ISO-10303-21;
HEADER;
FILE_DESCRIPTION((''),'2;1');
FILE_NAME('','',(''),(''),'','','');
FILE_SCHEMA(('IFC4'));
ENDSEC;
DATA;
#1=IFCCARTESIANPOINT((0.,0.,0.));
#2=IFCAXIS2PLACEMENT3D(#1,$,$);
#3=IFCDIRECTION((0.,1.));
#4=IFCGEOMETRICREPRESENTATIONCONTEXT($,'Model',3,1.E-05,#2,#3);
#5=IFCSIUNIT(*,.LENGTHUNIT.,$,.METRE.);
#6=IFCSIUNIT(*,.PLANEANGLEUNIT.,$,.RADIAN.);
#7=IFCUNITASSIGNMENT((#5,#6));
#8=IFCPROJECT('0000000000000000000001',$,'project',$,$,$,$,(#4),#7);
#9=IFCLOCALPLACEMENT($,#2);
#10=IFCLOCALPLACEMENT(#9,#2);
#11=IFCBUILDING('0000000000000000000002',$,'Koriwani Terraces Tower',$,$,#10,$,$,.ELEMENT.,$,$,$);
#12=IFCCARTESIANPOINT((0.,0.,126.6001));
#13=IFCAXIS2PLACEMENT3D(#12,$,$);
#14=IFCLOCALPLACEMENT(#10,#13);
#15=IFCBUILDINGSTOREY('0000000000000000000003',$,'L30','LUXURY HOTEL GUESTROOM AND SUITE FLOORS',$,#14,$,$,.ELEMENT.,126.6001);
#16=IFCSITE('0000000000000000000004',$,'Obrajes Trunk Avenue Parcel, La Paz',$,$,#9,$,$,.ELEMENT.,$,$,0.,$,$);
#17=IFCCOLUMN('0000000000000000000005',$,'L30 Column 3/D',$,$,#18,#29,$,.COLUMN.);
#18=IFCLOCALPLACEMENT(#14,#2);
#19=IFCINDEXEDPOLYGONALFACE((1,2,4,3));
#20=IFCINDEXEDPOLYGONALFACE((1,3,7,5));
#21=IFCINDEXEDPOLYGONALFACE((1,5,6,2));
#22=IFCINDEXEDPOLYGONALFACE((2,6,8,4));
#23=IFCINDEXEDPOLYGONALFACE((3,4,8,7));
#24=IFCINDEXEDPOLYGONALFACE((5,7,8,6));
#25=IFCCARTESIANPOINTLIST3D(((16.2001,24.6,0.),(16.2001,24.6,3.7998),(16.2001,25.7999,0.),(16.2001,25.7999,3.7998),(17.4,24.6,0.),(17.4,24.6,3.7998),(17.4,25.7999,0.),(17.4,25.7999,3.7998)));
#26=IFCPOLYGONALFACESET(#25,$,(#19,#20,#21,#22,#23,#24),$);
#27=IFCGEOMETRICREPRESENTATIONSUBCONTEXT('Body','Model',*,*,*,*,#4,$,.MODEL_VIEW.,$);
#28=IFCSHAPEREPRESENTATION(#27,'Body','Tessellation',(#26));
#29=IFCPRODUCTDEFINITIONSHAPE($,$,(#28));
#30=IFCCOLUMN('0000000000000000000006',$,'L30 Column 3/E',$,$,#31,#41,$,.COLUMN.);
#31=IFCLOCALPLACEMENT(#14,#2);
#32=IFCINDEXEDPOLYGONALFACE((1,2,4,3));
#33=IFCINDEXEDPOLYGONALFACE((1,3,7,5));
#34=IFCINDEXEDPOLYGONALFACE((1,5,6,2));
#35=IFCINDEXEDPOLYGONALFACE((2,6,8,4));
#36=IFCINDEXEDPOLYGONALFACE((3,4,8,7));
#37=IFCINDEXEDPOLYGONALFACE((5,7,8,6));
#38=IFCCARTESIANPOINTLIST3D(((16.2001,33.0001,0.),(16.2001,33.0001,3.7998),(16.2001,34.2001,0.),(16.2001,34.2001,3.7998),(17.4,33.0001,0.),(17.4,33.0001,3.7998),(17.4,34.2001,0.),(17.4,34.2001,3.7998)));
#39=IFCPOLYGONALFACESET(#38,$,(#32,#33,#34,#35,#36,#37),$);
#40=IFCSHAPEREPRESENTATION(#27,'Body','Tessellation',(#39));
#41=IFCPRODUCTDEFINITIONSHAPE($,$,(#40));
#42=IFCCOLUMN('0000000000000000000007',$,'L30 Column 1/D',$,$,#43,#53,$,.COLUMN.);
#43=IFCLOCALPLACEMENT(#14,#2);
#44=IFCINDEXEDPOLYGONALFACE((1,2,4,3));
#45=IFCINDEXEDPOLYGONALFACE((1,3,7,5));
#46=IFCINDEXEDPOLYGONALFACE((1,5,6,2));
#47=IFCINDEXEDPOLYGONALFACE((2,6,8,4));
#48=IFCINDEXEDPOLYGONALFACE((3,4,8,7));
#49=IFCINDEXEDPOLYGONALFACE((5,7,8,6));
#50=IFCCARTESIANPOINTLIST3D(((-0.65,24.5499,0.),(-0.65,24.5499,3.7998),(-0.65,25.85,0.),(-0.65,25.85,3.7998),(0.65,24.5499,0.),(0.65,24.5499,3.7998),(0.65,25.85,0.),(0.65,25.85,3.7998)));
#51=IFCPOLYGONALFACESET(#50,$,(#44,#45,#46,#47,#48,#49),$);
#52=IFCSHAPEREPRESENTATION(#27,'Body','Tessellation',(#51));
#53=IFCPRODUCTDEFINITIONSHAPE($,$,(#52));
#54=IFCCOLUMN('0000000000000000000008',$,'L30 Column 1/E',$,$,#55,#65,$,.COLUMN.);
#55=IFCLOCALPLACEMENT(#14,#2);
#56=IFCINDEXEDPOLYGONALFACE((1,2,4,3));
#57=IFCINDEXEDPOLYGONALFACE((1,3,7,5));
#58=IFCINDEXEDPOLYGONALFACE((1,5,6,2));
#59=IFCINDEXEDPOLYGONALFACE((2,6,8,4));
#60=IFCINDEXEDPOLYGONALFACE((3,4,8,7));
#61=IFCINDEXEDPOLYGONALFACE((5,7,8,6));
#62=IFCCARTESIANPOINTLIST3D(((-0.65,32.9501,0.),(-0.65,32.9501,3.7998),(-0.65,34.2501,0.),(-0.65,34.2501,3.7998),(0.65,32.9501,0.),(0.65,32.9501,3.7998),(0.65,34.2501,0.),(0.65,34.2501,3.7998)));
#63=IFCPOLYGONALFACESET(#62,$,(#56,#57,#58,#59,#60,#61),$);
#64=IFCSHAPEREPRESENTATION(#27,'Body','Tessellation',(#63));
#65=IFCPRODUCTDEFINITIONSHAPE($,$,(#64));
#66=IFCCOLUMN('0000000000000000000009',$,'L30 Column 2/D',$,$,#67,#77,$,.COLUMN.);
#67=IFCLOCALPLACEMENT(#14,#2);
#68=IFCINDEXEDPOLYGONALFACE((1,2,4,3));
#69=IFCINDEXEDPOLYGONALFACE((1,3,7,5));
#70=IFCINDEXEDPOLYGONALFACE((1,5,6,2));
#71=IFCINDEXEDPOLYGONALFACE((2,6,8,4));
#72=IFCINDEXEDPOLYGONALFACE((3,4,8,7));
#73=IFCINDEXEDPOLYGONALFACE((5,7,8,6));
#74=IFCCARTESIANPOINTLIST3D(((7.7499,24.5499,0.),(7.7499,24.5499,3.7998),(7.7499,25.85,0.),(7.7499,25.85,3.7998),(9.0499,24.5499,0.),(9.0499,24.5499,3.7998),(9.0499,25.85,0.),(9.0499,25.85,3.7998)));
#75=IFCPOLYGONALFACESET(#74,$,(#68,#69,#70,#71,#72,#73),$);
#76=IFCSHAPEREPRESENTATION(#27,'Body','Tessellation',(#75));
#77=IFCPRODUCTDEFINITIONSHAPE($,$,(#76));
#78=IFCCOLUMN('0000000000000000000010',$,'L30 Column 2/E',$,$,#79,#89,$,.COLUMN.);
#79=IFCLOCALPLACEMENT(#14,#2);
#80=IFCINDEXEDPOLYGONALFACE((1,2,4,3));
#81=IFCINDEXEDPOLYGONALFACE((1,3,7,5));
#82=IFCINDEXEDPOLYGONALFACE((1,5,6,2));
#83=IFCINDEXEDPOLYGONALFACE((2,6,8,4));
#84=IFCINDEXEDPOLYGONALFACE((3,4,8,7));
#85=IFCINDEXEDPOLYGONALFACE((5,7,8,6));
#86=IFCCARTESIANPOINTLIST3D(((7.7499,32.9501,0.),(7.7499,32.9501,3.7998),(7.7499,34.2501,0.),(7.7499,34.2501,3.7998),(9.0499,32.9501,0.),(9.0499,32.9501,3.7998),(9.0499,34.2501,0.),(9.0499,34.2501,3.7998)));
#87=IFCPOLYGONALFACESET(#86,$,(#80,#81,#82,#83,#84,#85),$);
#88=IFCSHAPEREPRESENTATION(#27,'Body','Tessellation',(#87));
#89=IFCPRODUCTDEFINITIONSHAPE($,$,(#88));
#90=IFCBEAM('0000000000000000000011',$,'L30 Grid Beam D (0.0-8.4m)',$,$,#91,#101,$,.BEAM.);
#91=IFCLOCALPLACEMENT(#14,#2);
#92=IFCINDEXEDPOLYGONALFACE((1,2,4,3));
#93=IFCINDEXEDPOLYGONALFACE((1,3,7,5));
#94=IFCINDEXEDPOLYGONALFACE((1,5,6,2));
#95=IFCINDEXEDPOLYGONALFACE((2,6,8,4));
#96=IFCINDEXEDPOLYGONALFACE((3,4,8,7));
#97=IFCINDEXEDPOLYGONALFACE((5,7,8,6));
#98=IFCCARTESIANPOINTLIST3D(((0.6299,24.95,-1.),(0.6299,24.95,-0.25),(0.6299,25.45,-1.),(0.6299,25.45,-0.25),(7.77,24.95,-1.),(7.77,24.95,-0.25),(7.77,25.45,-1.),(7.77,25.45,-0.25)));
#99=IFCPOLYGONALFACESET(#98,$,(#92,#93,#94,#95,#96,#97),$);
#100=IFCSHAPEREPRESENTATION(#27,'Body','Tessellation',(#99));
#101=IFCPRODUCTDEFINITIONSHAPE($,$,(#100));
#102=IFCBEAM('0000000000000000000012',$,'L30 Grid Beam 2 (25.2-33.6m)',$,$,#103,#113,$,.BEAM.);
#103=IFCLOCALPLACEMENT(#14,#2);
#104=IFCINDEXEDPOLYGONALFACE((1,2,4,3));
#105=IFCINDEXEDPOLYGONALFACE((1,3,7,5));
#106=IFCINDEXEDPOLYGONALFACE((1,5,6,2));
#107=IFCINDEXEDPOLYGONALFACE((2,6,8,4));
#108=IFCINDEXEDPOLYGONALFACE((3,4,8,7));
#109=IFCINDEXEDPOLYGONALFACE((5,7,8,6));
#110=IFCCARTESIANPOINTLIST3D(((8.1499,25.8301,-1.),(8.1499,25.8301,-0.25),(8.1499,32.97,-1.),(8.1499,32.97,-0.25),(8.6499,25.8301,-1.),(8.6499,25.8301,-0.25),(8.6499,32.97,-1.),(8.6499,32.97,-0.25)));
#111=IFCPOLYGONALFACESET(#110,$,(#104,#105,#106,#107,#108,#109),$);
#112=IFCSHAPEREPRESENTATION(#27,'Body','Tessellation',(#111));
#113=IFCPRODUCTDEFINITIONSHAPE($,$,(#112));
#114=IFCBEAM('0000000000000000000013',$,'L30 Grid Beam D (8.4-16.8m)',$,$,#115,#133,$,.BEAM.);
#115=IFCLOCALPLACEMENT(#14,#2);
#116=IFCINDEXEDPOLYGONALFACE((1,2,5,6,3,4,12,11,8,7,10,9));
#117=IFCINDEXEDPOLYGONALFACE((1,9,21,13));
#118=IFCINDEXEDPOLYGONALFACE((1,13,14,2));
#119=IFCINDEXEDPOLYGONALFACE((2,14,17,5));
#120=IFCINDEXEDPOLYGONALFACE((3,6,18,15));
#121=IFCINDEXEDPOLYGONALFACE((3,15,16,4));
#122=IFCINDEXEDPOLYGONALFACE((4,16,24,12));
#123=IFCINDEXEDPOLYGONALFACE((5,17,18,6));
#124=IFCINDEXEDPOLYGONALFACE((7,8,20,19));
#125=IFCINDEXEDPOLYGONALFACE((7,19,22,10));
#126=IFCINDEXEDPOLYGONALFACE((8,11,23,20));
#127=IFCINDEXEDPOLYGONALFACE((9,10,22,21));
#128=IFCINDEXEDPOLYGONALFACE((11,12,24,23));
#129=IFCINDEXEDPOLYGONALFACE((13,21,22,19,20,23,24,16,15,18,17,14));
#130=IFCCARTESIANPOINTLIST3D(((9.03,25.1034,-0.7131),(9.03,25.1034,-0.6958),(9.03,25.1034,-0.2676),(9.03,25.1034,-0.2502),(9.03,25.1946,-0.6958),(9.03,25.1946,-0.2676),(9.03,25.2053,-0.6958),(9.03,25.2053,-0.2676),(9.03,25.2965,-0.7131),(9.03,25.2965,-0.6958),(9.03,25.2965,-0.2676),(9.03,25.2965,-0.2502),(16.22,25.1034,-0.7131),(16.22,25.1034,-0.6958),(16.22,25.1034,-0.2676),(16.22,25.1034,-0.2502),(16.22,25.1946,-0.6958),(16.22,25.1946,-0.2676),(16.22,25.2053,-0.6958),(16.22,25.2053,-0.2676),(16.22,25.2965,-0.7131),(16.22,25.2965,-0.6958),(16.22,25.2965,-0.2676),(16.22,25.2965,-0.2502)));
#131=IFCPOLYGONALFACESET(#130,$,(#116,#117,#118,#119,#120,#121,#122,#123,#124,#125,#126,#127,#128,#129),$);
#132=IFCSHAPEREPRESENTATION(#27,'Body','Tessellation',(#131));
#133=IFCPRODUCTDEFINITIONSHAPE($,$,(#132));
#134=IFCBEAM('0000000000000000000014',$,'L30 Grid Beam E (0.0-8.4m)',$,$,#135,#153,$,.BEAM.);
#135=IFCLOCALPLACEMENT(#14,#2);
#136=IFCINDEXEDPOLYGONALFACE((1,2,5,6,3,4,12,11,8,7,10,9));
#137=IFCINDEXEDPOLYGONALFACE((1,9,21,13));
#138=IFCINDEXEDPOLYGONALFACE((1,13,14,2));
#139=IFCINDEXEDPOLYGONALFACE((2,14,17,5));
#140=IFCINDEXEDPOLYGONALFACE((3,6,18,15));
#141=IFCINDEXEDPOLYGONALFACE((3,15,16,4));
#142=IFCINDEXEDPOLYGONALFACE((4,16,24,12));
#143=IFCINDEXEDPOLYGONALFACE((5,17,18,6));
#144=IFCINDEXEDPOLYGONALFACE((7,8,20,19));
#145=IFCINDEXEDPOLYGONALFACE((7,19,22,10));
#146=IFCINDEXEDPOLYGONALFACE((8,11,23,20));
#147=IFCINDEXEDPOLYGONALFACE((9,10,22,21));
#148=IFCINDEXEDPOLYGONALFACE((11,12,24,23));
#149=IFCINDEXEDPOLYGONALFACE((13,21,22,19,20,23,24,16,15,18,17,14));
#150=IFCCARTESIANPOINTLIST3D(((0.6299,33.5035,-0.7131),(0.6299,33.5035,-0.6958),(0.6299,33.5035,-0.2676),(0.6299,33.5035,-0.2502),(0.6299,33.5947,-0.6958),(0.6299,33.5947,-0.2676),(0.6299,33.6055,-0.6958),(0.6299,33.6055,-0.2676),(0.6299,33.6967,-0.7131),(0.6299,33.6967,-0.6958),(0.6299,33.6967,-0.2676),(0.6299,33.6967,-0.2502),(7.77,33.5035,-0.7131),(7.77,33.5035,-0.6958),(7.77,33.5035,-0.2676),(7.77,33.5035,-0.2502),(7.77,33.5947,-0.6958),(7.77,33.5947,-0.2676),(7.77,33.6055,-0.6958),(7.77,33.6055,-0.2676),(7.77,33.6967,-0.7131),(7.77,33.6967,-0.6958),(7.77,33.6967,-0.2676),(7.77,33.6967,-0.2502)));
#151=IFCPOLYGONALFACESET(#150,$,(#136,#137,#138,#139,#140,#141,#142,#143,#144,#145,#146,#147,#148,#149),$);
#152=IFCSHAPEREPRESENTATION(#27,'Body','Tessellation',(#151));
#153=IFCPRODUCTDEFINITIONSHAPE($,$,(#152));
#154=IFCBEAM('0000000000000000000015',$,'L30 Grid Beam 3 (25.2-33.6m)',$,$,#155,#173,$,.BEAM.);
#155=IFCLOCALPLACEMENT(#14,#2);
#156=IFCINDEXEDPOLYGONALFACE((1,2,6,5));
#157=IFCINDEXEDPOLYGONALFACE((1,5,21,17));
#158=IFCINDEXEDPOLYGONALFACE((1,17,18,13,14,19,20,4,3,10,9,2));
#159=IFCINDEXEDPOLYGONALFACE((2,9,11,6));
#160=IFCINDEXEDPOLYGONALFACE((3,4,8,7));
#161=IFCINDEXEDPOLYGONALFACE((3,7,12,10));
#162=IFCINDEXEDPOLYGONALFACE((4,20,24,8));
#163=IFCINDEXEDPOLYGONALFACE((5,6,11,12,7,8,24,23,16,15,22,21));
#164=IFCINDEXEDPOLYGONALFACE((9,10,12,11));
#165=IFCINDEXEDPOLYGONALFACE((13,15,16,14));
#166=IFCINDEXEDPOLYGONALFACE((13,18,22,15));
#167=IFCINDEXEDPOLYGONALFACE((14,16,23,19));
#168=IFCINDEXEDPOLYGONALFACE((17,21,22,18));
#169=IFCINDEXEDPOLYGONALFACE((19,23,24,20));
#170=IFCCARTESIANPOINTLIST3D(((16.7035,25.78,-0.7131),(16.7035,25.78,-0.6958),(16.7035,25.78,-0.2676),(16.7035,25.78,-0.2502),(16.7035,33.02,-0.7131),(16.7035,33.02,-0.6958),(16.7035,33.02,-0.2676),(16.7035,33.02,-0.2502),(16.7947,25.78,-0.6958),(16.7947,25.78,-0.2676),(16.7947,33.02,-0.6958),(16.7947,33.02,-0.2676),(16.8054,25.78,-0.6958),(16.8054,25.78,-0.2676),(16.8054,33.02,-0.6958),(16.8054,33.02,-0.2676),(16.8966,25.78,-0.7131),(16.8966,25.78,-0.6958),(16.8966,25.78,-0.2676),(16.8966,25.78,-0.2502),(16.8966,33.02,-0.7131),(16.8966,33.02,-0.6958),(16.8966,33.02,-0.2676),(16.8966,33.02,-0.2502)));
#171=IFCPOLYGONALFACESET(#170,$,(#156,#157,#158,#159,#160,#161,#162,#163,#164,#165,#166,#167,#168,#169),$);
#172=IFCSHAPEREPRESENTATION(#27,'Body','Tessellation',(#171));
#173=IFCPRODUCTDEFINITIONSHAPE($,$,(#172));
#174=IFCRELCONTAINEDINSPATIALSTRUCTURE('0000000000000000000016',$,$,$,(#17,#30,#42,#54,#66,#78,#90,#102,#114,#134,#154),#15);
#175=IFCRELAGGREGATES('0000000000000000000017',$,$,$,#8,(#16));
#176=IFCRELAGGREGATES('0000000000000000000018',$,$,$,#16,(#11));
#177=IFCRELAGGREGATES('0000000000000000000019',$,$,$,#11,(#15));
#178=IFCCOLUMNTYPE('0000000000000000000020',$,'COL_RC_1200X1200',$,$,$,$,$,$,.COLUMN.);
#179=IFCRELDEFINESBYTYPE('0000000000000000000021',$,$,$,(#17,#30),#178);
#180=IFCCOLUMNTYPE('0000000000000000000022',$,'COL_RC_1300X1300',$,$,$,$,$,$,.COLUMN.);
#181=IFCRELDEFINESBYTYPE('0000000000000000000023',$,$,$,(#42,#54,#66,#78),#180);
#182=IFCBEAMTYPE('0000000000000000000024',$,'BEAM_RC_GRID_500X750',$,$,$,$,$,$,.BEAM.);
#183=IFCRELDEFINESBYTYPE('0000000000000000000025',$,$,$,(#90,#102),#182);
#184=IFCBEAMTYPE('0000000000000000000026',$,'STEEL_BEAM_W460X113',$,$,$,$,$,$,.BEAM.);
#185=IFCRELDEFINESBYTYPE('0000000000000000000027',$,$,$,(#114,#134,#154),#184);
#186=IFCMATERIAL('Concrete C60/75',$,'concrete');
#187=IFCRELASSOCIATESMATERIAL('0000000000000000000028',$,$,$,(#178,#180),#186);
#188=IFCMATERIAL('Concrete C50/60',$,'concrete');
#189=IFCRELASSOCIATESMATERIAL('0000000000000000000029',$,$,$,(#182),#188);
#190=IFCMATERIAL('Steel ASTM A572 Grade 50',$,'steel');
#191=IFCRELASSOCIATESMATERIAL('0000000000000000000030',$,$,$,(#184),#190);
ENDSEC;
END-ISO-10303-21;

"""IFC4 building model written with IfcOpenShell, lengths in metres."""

from ifc_helpers import new_model, si_unit, direction, frame, origin, origin_2d, place, context, subcontext, project, spatial, rectangle, i_section, extrude, material, material_profile, profile_set, type_object, element, save


model = new_model("IFC4")

# Units and contexts
model_context = context("Model", 3, precision=1e-05, world=origin(), true_north=direction((0.0, 1.0)))
body_context = subcontext(model_context, "Body", "Model", "MODEL_VIEW")
ifc_project = project(units=[si_unit("LENGTHUNIT", "METRE"), si_unit("PLANEANGLEUNIT", "RADIAN")], contexts=[model_context])

# Site, building, storey
site_placement = place(None, origin())
site = spatial("IfcSite", under=ifc_project, at=site_placement, Name="Obrajes Trunk Avenue Parcel, La Paz", CompositionType="ELEMENT", RefElevation=0.0)
building_placement = place(site_placement, origin())
building = spatial("IfcBuilding", under=site, at=building_placement, Name="Koriwani Terraces Tower", CompositionType="ELEMENT")
storey_placement = place(building_placement, frame((0.0, 0.0, 126.6001)))
storey = spatial("IfcBuildingStorey", under=building, at=storey_placement, Name="L30", Description="LUXURY HOTEL GUESTROOM AND SUITE FLOORS", CompositionType="ELEMENT", Elevation=126.6001)

# Columns
ifc_material_1 = material(Name="Concrete C60/75", Category="concrete")
ifc_material_profile_1 = material_profile(ifc_material_1, rectangle(XDim=1.2, YDim=1.2, at=origin_2d()), Name="Concrete C60/75", Category="LoadBearing")
ifc_profile_set_1 = profile_set([ifc_material_profile_1], Name="Concrete C60/75")
column_type_1 = type_object("IfcColumnType", Name="COL_RC_1200X1200", PredefinedType="COLUMN", material=ifc_profile_set_1)
for number, where, z_axis, x_axis, name in (
    (1, (16.8, 25.2, 0.0), (0.0, 0.0, 1.0), (1.0, 0.0, 0.0), "L30 Column 3/D"),
    (2, (16.8, 33.6001, 0.0), (0.0, 0.0, 1.0), (1.0, 0.0, 0.0), "L30 Column 3/E"),
):
    element("IfcColumn", number, at=place(storey_placement, frame(where, z_axis=z_axis, x_axis=x_axis)), inside=storey, type_object=column_type_1, Name=name, PredefinedType="COLUMN", context=body_context, shape_type="SweptSolid", body=[
        extrude(rectangle(XDim=1.2, YDim=1.2, at=origin_2d()), origin(), (0.0, 0.0, 1.0), 3.7998),
    ])
ifc_material_profile_2 = material_profile(ifc_material_1, rectangle(XDim=1.3, YDim=1.3, at=origin_2d()), Name="Concrete C60/75", Category="LoadBearing")
ifc_profile_set_2 = profile_set([ifc_material_profile_2], Name="Concrete C60/75")
column_type_2 = type_object("IfcColumnType", Name="COL_RC_1300X1300", PredefinedType="COLUMN", material=ifc_profile_set_2)
for number, where, z_axis, x_axis, name in (
    (3, (0.0, 25.2, 0.0), (0.0, 0.0, 1.0), (1.0, 0.0, 0.0), "L30 Column 1/D"),
    (4, (0.0, 33.6001, 0.0), (0.0, 0.0, 1.0), (1.0, 0.0, 0.0), "L30 Column 1/E"),
    (5, (8.3999, 25.2, 0.0), (0.0, 0.0, 1.0), (1.0, 0.0, 0.0), "L30 Column 2/D"),
    (6, (8.3999, 33.6001, 0.0), (0.0, 0.0, 1.0), (1.0, 0.0, 0.0), "L30 Column 2/E"),
):
    element("IfcColumn", number, at=place(storey_placement, frame(where, z_axis=z_axis, x_axis=x_axis)), inside=storey, type_object=column_type_2, Name=name, PredefinedType="COLUMN", context=body_context, shape_type="SweptSolid", body=[
        extrude(rectangle(XDim=1.3, YDim=1.3, at=origin_2d()), origin(), (0.0, 0.0, 1.0), 3.7998),
    ])

# Beams
ifc_material_2 = material(Name="Concrete C50/60", Category="concrete")
ifc_material_profile_3 = material_profile(ifc_material_2, rectangle(XDim=0.5, YDim=0.75, at=origin_2d()), Name="Concrete C50/60", Category="LoadBearing")
ifc_profile_set_3 = profile_set([ifc_material_profile_3], Name="Concrete C50/60")
beam_type_1 = type_object("IfcBeamType", Name="BEAM_RC_GRID_500X750", PredefinedType="BEAM", material=ifc_profile_set_3)
beam_1_placement = place(storey_placement, frame((0.6299, 25.2, -0.625), z_axis=(1.0, 0.0, 0.0), x_axis=(0.0, 1.0, 0.0)))
element("IfcBeam", 7, at=beam_1_placement, inside=storey, type_object=beam_type_1, Name="L30 Grid Beam D (0.0-8.4m)", PredefinedType="BEAM", context=body_context, shape_type="SweptSolid", body=[
    extrude(rectangle(XDim=0.5, YDim=0.75, at=origin_2d()), origin(), (0.0, 0.0, 1.0), 7.1401),
])
beam_2_placement = place(storey_placement, frame((8.3999, 25.8301, -0.625), z_axis=(0.0, 1.0, 0.0), x_axis=(-1.0, 0.0, 0.0)))
element("IfcBeam", 8, at=beam_2_placement, inside=storey, type_object=beam_type_1, Name="L30 Grid Beam 2 (25.2-33.6m)", PredefinedType="BEAM", context=body_context, shape_type="SweptSolid", body=[
    extrude(rectangle(XDim=0.5, YDim=0.75, at=origin_2d()), origin(), (0.0, 0.0, 1.0), 7.1399),
])
ifc_material_3 = material(Name="Steel ASTM A572 Grade 50", Category="steel")
ifc_material_profile_4 = material_profile(ifc_material_3, i_section(OverallWidth=0.1931, OverallDepth=0.4629, WebThickness=0.0107, FlangeThickness=0.0173, at=origin_2d()), Name="Steel ASTM A572 Grade 50", Category="LoadBearing")
ifc_profile_set_4 = profile_set([ifc_material_profile_4], Name="Steel ASTM A572 Grade 50")
beam_type_2 = type_object("IfcBeamType", Name="STEEL_BEAM_W460X113", PredefinedType="BEAM", material=ifc_profile_set_4)
beam_3_placement = place(storey_placement, frame((9.03, 25.2, -0.4817), z_axis=(1.0, 0.0, 0.0), x_axis=(0.0, 1.0, 0.0)))
element("IfcBeam", 9, at=beam_3_placement, inside=storey, type_object=beam_type_2, Name="L30 Grid Beam D (8.4-16.8m)", PredefinedType="BEAM", context=body_context, shape_type="SweptSolid", body=[
    extrude(i_section(OverallWidth=0.1931, OverallDepth=0.4629, WebThickness=0.0107, FlangeThickness=0.0173, at=origin_2d()), origin(), (0.0, 0.0, 1.0), 7.1899),
])
beam_4_placement = place(storey_placement, frame((0.6299, 33.6001, -0.4817), z_axis=(1.0, 0.0, 0.0), x_axis=(0.0, 1.0, 0.0)))
element("IfcBeam", 10, at=beam_4_placement, inside=storey, type_object=beam_type_2, Name="L30 Grid Beam E (0.0-8.4m)", PredefinedType="BEAM", context=body_context, shape_type="SweptSolid", body=[
    extrude(i_section(OverallWidth=0.1931, OverallDepth=0.4629, WebThickness=0.0107, FlangeThickness=0.0173, at=origin_2d()), origin(), (0.0, 0.0, 1.0), 7.1401),
])
beam_5_placement = place(storey_placement, frame((16.8, 25.78, -0.4817), z_axis=(0.0, 1.0, 0.0), x_axis=(-1.0, 0.0, 0.0)))
element("IfcBeam", 11, at=beam_5_placement, inside=storey, type_object=beam_type_2, Name="L30 Grid Beam 3 (25.2-33.6m)", PredefinedType="BEAM", context=body_context, shape_type="SweptSolid", body=[
    extrude(i_section(OverallWidth=0.1931, OverallDepth=0.4629, WebThickness=0.0107, FlangeThickness=0.0173, at=origin_2d()), origin(), (0.0, 0.0, 1.0), 7.24),
])

save(model, "model.ifc")
